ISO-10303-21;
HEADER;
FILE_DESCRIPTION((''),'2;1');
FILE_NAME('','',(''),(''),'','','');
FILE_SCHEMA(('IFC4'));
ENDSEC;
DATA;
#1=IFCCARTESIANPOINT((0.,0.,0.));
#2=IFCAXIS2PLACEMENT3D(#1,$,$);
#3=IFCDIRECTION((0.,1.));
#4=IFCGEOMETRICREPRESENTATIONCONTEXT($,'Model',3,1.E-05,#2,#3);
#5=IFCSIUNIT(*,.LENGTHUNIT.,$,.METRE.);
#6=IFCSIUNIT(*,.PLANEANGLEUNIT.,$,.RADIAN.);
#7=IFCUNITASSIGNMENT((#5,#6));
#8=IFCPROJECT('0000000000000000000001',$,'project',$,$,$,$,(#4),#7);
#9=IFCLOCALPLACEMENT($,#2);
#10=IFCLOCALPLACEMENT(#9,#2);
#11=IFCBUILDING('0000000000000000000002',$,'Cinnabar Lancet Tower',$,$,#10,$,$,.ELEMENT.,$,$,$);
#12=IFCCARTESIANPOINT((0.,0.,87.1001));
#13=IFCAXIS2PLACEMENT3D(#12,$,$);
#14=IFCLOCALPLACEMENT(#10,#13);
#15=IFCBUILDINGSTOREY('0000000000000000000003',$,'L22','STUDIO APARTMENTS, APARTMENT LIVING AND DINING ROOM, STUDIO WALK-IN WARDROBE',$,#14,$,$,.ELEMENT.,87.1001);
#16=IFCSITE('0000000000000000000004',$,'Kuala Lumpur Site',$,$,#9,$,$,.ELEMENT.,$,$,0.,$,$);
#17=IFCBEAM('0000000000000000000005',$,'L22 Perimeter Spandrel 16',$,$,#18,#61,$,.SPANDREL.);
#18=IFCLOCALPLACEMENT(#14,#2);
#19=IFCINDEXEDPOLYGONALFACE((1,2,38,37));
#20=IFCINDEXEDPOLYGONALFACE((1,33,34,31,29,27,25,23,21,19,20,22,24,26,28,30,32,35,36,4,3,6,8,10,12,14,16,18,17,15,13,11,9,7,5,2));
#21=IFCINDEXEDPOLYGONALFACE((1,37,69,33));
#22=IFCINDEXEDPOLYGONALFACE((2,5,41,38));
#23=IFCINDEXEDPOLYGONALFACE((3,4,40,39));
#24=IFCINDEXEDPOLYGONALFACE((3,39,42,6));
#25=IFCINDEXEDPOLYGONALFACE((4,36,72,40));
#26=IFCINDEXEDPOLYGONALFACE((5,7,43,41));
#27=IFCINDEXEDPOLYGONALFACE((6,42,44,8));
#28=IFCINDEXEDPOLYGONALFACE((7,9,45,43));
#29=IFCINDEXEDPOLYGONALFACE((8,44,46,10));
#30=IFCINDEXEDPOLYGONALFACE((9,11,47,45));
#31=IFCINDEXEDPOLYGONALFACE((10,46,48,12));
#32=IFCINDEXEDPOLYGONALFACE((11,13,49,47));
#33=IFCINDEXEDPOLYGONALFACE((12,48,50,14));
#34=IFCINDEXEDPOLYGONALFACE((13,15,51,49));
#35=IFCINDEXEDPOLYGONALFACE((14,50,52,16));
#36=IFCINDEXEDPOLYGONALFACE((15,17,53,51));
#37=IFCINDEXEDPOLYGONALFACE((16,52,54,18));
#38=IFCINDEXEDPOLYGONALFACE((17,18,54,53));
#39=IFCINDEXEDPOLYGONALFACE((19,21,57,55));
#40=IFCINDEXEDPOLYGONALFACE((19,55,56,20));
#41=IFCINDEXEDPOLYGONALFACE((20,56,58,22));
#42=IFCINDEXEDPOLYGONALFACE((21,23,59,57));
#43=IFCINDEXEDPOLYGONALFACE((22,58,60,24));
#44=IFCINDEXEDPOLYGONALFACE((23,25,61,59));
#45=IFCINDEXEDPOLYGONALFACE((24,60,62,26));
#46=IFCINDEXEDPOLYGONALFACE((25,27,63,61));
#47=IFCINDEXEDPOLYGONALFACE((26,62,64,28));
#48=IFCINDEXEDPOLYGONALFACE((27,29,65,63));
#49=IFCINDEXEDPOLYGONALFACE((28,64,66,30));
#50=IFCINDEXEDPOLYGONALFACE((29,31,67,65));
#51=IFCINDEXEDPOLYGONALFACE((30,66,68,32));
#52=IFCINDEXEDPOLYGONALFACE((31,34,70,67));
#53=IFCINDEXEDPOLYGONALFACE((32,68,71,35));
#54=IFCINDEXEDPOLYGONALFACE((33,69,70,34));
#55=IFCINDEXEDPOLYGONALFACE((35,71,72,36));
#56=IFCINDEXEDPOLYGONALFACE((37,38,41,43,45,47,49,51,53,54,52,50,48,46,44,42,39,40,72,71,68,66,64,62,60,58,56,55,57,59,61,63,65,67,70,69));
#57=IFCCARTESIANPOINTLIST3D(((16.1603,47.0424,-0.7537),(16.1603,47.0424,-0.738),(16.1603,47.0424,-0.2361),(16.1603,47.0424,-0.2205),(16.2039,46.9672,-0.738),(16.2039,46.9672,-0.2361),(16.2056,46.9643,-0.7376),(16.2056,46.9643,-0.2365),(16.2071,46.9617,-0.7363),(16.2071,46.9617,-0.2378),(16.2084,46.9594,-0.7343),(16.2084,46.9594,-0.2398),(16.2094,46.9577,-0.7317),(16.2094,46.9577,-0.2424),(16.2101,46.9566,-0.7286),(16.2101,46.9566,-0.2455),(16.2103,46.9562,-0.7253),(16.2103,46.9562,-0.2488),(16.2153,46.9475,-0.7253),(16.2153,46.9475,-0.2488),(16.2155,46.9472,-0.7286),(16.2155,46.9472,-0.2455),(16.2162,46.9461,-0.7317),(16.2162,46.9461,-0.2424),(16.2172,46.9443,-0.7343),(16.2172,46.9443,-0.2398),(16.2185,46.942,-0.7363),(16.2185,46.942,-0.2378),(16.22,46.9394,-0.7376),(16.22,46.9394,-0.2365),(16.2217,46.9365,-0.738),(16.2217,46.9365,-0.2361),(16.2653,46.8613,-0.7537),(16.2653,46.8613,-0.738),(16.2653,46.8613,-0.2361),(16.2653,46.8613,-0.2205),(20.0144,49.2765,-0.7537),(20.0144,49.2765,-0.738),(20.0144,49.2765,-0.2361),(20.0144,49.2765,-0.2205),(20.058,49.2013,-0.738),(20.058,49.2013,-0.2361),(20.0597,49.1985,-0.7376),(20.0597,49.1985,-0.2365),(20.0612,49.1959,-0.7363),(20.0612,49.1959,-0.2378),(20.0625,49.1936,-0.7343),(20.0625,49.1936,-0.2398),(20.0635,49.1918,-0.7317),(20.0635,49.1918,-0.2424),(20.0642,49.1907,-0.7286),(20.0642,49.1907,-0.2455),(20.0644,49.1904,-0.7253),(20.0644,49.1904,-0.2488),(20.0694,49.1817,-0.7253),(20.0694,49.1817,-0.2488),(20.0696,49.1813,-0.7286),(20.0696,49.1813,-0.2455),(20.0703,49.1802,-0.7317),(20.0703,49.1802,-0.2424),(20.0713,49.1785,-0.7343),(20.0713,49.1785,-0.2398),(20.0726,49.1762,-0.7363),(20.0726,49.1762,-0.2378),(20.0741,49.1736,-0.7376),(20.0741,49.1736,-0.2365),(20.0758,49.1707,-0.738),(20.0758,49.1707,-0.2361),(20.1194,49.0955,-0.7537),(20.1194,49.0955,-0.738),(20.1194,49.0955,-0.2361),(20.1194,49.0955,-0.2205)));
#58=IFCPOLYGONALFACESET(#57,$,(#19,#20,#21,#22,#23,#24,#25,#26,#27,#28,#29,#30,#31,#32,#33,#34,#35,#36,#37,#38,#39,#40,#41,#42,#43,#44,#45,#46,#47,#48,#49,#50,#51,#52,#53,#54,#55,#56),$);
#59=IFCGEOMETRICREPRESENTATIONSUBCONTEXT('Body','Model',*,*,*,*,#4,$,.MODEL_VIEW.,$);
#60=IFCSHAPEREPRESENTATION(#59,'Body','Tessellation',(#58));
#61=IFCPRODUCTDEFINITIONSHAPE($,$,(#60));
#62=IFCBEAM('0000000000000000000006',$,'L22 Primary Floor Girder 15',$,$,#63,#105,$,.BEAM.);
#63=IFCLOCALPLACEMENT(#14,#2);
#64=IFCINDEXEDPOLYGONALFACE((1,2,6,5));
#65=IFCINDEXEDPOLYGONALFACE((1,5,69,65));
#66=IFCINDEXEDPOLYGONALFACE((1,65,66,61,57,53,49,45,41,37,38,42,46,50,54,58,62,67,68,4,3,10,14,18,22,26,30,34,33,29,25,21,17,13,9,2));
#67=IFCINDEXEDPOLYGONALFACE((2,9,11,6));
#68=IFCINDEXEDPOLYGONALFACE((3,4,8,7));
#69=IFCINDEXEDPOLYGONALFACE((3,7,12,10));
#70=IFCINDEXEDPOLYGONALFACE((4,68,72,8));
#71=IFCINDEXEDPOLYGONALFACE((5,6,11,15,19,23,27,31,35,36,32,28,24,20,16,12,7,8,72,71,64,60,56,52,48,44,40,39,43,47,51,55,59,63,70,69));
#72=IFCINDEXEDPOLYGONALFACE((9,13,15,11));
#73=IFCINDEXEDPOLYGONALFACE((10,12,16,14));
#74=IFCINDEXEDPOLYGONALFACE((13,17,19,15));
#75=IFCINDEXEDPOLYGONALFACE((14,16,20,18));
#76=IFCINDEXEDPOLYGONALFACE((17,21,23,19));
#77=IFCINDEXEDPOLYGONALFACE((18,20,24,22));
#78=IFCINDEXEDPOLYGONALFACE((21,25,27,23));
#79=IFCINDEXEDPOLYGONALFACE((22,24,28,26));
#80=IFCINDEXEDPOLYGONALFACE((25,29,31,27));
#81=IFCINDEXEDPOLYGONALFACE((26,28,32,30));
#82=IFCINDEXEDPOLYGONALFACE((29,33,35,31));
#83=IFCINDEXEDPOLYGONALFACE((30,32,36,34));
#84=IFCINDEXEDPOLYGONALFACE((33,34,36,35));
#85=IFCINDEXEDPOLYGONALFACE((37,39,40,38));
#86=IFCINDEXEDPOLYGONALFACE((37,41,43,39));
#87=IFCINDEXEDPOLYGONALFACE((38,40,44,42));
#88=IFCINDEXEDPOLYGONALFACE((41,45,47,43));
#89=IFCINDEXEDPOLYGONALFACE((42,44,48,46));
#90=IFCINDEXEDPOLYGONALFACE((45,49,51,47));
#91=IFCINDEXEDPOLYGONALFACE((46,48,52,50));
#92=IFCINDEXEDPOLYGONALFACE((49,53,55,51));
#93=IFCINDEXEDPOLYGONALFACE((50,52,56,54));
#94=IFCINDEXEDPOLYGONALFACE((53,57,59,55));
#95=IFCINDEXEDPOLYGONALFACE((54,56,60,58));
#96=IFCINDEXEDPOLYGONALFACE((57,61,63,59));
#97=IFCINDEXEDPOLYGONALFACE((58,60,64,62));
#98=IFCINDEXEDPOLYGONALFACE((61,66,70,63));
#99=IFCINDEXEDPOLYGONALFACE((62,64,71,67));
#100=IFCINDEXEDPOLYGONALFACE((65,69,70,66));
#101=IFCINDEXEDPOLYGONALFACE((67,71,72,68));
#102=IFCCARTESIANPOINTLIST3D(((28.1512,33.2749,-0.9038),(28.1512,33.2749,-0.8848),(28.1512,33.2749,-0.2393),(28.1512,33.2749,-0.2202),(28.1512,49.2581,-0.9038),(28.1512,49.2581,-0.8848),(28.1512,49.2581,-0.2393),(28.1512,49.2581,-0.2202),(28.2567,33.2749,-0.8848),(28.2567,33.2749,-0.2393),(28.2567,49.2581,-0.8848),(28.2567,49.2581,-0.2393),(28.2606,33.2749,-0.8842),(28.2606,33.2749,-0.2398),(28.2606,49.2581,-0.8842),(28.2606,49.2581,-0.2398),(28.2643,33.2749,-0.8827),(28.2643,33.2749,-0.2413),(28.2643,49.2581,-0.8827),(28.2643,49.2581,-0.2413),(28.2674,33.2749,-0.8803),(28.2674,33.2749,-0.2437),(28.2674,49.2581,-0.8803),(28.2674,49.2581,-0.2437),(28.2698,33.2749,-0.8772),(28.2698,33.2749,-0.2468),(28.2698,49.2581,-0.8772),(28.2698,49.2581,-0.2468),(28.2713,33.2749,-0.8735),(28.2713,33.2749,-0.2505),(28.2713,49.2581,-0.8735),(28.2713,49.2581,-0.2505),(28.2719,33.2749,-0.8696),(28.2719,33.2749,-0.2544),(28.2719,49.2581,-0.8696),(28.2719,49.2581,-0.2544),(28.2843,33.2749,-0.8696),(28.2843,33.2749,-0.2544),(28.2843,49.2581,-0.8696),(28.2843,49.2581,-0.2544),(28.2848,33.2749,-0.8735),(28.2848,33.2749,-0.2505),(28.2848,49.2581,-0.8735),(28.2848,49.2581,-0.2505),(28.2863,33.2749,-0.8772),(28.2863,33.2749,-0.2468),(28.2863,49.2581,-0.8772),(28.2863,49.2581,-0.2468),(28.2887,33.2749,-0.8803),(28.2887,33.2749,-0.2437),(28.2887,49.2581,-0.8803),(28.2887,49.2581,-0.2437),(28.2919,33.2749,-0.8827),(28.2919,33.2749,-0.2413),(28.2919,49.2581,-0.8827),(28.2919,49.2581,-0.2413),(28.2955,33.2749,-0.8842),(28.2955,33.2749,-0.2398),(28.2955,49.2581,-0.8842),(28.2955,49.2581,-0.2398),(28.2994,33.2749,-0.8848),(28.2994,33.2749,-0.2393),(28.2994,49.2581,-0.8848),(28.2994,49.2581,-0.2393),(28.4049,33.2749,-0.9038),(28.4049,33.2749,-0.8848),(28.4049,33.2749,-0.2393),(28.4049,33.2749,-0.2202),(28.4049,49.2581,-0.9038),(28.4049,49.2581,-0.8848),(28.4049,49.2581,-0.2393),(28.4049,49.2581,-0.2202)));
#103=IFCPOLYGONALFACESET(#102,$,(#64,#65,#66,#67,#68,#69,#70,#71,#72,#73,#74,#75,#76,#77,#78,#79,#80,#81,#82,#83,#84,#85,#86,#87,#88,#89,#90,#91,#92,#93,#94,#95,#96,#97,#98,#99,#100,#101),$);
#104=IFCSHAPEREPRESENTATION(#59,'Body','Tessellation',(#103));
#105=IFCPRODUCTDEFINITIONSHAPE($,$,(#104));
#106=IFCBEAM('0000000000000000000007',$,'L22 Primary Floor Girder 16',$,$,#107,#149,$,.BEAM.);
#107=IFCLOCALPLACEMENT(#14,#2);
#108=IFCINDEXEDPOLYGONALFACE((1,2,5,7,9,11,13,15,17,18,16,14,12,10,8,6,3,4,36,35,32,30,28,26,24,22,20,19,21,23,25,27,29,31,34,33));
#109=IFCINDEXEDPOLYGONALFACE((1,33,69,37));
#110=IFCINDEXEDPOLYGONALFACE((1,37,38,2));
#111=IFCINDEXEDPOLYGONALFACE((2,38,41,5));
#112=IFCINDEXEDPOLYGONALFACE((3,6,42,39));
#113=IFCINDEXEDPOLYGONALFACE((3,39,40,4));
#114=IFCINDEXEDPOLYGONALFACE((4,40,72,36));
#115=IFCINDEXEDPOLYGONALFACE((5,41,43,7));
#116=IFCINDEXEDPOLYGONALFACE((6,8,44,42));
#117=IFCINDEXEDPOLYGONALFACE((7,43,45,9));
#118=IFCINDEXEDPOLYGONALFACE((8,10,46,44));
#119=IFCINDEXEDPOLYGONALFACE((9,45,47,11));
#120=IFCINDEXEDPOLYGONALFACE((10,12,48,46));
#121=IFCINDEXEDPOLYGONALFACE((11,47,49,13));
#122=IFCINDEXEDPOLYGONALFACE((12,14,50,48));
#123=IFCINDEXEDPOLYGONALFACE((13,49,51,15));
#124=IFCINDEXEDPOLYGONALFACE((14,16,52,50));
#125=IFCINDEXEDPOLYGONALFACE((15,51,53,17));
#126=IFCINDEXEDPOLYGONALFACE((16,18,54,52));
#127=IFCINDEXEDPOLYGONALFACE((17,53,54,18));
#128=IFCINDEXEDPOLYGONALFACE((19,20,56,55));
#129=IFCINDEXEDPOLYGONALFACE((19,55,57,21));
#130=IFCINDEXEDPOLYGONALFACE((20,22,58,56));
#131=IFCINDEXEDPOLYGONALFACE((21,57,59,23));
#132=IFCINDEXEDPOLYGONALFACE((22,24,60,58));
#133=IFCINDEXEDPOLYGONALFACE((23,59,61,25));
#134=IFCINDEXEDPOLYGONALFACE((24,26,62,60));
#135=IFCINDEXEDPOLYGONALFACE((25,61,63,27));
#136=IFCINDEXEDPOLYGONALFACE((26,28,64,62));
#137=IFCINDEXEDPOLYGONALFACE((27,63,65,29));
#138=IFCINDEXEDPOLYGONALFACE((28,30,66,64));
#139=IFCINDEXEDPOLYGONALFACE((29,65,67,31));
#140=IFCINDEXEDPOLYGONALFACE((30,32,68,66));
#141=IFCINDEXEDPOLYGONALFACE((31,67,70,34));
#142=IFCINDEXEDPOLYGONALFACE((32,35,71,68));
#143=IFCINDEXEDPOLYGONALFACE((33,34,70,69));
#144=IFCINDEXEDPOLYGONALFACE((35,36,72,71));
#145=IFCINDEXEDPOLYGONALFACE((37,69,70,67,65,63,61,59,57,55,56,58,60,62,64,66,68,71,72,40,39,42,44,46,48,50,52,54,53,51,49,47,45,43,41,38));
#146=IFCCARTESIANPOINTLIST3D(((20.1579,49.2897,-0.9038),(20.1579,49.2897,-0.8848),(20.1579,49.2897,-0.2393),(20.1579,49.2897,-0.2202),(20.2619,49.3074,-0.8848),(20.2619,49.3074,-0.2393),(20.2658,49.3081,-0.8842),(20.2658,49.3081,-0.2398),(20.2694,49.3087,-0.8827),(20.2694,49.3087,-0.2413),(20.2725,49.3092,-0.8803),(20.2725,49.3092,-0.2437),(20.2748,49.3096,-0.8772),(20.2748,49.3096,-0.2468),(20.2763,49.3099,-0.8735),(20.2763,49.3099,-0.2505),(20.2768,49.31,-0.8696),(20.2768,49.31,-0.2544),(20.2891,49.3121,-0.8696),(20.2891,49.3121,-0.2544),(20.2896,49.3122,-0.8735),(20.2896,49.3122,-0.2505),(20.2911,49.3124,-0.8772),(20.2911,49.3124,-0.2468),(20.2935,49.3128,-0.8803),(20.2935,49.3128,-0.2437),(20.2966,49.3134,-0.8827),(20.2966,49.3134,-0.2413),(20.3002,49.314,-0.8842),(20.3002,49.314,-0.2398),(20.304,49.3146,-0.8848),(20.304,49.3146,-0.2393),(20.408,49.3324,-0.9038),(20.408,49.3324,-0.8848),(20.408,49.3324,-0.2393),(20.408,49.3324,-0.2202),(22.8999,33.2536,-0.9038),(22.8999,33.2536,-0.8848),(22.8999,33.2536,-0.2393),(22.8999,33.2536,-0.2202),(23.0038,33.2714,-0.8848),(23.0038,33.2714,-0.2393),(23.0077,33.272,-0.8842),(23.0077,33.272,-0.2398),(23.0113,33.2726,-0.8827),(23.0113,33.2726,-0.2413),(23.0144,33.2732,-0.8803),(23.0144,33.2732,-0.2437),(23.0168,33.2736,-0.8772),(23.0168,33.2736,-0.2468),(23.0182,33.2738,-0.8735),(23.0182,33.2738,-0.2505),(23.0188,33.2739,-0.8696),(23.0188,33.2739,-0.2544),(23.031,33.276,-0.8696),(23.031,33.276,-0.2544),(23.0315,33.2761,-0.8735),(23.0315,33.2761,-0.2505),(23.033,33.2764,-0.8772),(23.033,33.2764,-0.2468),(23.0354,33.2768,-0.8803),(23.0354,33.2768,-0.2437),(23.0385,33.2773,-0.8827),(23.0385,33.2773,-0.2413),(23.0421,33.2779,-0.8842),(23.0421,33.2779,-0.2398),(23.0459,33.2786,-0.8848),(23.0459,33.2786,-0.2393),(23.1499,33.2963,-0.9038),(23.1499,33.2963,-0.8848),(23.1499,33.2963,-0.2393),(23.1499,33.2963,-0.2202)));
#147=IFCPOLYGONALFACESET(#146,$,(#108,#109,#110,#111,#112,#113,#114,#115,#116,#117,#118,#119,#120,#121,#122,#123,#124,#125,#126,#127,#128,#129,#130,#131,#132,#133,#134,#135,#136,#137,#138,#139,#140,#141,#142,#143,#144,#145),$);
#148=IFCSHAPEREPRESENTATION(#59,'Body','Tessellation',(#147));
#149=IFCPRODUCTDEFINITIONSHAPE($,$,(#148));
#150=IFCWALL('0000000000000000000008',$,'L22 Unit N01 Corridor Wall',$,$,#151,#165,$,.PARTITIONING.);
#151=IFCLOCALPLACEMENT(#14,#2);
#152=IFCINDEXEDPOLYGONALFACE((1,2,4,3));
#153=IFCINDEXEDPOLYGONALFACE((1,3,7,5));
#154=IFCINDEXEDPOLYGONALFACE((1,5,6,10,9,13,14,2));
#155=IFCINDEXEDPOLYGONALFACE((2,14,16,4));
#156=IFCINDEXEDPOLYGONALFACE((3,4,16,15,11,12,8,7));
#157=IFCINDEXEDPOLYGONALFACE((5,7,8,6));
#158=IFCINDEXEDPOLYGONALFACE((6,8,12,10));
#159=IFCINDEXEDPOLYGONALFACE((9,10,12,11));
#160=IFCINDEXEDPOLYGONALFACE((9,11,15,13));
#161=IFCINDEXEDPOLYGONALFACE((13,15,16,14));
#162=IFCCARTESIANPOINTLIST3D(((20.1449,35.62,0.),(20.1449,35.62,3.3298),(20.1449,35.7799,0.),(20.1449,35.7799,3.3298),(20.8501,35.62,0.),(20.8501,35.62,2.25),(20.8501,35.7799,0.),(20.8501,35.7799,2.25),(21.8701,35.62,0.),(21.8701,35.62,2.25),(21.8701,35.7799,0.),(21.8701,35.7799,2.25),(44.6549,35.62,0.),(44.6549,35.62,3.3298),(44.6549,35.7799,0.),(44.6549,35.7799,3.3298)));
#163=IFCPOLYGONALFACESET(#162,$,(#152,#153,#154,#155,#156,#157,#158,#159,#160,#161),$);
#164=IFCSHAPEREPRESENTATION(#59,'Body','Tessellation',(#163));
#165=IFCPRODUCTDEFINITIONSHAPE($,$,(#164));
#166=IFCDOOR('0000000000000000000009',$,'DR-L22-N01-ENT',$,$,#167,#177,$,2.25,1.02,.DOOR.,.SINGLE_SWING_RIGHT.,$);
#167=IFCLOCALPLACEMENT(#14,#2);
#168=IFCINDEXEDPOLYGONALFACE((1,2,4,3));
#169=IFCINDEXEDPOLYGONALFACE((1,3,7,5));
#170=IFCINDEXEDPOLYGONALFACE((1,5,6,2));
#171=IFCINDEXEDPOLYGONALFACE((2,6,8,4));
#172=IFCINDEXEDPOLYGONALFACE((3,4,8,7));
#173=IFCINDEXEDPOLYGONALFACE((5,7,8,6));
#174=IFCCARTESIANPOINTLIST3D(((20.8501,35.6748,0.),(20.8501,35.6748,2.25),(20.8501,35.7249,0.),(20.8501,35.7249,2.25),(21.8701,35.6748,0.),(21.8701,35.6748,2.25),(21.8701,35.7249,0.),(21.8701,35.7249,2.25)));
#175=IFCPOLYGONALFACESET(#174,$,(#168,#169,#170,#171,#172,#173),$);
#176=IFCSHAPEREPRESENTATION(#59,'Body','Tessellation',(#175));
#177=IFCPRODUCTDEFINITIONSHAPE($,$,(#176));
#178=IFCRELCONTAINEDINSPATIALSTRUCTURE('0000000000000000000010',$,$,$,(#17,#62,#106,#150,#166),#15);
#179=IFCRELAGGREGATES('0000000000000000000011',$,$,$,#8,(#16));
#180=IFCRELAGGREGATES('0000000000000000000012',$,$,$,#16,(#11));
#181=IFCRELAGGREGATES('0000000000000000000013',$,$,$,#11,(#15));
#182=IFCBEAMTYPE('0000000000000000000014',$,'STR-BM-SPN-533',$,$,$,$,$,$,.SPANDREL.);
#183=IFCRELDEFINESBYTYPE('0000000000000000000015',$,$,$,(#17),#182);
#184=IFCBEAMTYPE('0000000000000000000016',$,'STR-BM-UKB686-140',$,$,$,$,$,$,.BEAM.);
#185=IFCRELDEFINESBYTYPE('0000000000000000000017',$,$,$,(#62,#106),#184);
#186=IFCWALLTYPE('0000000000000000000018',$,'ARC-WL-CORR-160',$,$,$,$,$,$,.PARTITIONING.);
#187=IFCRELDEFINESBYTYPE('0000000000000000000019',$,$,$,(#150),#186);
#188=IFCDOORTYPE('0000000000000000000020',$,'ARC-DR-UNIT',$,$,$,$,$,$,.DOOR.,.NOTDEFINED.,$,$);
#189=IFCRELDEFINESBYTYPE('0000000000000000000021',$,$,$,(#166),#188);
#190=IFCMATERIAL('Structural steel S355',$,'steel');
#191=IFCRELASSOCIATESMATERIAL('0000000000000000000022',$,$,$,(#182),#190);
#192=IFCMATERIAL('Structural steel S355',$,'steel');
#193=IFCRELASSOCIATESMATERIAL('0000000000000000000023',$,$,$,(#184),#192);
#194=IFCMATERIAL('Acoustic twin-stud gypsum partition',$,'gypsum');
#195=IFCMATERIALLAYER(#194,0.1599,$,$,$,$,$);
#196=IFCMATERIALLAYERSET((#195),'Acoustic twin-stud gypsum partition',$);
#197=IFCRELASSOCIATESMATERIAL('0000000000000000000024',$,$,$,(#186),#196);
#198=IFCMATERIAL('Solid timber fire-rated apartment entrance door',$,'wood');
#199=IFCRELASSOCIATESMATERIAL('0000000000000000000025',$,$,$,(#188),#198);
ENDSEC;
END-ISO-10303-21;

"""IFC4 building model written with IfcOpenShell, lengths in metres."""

from ifc_helpers import new_model, si_unit, direction, frame, frame_2d, origin, origin_2d, place, context, subcontext, project, spatial, rectangle, i_section, extrude, material, layer, layer_set, material_profile, profile_set, type_object, element, fill, save


model = new_model("IFC4")

# Units and contexts
model_context = context("Model", 3, precision=1e-05, world=origin(), true_north=direction((0.0, 1.0)))
body_context = subcontext(model_context, "Body", "Model", "MODEL_VIEW")
ifc_project = project(units=[si_unit("LENGTHUNIT", "METRE"), si_unit("PLANEANGLEUNIT", "RADIAN")], contexts=[model_context])

# Site, building, storey
site_placement = place(None, origin())
site = spatial("IfcSite", under=ifc_project, at=site_placement, Name="Kuala Lumpur Site", CompositionType="ELEMENT", RefElevation=0.0)
building_placement = place(site_placement, origin())
building = spatial("IfcBuilding", under=site, at=building_placement, Name="Cinnabar Lancet Tower", CompositionType="ELEMENT")
storey_placement = place(building_placement, frame((0.0, 0.0, 87.1001)))
storey = spatial("IfcBuildingStorey", under=building, at=storey_placement, Name="L22", Description="STUDIO APARTMENTS, APARTMENT LIVING AND DINING ROOM, STUDIO WALK-IN WARDROBE", CompositionType="ELEMENT", Elevation=87.1001)

# Beams
ifc_material_1 = material(Name="Structural steel S355", Category="steel")
ifc_material_profile_1 = material_profile(ifc_material_1, i_section(OverallWidth=0.2092, OverallDepth=0.5332, WebThickness=0.01, FlangeThickness=0.0156, FilletRadius=0.0127, at=origin_2d()), Name="UKB 533x210x92")
ifc_profile_set_1 = profile_set([ifc_material_profile_1], Name="Structural steel S355")
beam_type_1 = type_object("IfcBeamType", Name="STR-BM-SPN-533", PredefinedType="SPANDREL", material=ifc_profile_set_1)
beam_1_placement = place(storey_placement, frame((20.0669, 49.186, -0.4871), z_axis=(-0.865147, -0.501518, 0.0), x_axis=(0.501518, -0.865147, 0.0)))
element("IfcBeam", 1, at=beam_1_placement, inside=storey, type_object=beam_type_1, Name="L22 Perimeter Spandrel 16", PredefinedType="SPANDREL", context=body_context, shape_type="SweptSolid", body=[
    extrude(i_section(OverallWidth=0.2092, OverallDepth=0.5332, WebThickness=0.01, FlangeThickness=0.0156, FilletRadius=0.0127, at=origin_2d()), origin(), (0.0, 0.0, 1.0), 4.4548),
])
ifc_material_2 = material(Name="Structural steel S355", Category="steel")
ifc_material_profile_2 = material_profile(ifc_material_2, i_section(OverallWidth=0.2537, OverallDepth=0.6836, WebThickness=0.0125, FlangeThickness=0.019, FilletRadius=0.0151, at=origin_2d()), Name="UKB 686x254x140")
ifc_profile_set_2 = profile_set([ifc_material_profile_2], Name="Structural steel S355")
beam_type_2 = type_object("IfcBeamType", Name="STR-BM-UKB686-140", PredefinedType="BEAM", material=ifc_profile_set_2)
beam_2_placement = place(storey_placement, frame((28.2781, 49.2581, -0.562), z_axis=(0.0, -1.0, 0.0), x_axis=(1.0, 0.0, 0.0)))
element("IfcBeam", 2, at=beam_2_placement, inside=storey, type_object=beam_type_2, Name="L22 Primary Floor Girder 15", PredefinedType="BEAM", context=body_context, shape_type="SweptSolid", body=[
    extrude(i_section(OverallWidth=0.2537, OverallDepth=0.6836, WebThickness=0.0125, FlangeThickness=0.019, FilletRadius=0.0151, at=origin_2d()), origin(), (0.0, 0.0, 1.0), 15.9832),
])
beam_3_placement = place(storey_placement, frame((20.283, 49.311, -0.562), z_axis=(0.168539, -0.985695, 0.0), x_axis=(0.985695, 0.168539, 0.0)))
element("IfcBeam", 3, at=beam_3_placement, inside=storey, type_object=beam_type_2, Name="L22 Primary Floor Girder 16", PredefinedType="BEAM", context=body_context, shape_type="SweptSolid", body=[
    extrude(i_section(OverallWidth=0.2537, OverallDepth=0.6836, WebThickness=0.0125, FlangeThickness=0.019, FilletRadius=0.0151, at=origin_2d()), origin(), (0.0, 0.0, 1.0), 16.2688),
])

# Wall, opening, door
ifc_material_3 = material(Name="Acoustic twin-stud gypsum partition", Category="gypsum")
ifc_layer_1 = layer(ifc_material_3, 0.1599)
ifc_layer_set_1 = layer_set([ifc_layer_1], Name="Acoustic twin-stud gypsum partition")
wall_type_1 = type_object("IfcWallType", Name="ARC-WL-CORR-160", PredefinedType="PARTITIONING", material=ifc_layer_set_1)
wall_1_placement = place(storey_placement, frame((20.145, 35.7, 0.0), z_axis=(0.0, 0.0, 1.0), x_axis=(1.0, 0.0, 0.0)))
wall_1 = element("IfcWall", 4, at=wall_1_placement, inside=storey, type_object=wall_type_1, Name="L22 Unit N01 Corridor Wall", PredefinedType="PARTITIONING", context=body_context, shape_type="SweptSolid", body=[
    extrude(rectangle(XDim=24.51, YDim=0.1599, at=frame_2d((12.2549, 0.0))), origin(), (0.0, 0.0, 1.0), 3.3298),
])
opening_1_placement = place(wall_1_placement, frame((0.7051, 0.0, 0.0)))
opening_1 = element("IfcOpeningElement", 5, at=opening_1_placement, cuts=wall_1, PredefinedType="OPENING", context=body_context, shape_type="SweptSolid", body=[
    extrude(rectangle(XDim=1.02, YDim=2.25, at=frame_2d((0.51, 1.125))), frame((0.0, 0.0898, 0.0), z_axis=(0.0, -1.0, 0.0), x_axis=(1.0, 0.0, 0.0)), (0.0, 0.0, 1.0), 0.1799),
])
ifc_material_4 = material(Name="Solid timber fire-rated apartment entrance door", Category="wood")
door_type_1 = type_object("IfcDoorType", Name="ARC-DR-UNIT", OperationType="NOTDEFINED", PredefinedType="DOOR", material=ifc_material_4)
door_1_placement = place(opening_1_placement, origin())
door_1 = element("IfcDoor", 6, at=door_1_placement, inside=storey, type_object=door_type_1, Name="DR-L22-N01-ENT", OperationType="SINGLE_SWING_RIGHT", OverallHeight=2.25, OverallWidth=1.02, PredefinedType="DOOR", context=body_context, shape_type="SweptSolid", body=[
    extrude(rectangle(XDim=1.02, YDim=2.25, at=frame_2d((0.51, 1.125))), frame((0.0, 0.0249, 0.0), z_axis=(0.0, -1.0, 0.0), x_axis=(1.0, 0.0, 0.0)), (0.0, 0.0, 1.0), 0.05),
])
fill(opening_1, door_1)

save(model, "model.ifc")
